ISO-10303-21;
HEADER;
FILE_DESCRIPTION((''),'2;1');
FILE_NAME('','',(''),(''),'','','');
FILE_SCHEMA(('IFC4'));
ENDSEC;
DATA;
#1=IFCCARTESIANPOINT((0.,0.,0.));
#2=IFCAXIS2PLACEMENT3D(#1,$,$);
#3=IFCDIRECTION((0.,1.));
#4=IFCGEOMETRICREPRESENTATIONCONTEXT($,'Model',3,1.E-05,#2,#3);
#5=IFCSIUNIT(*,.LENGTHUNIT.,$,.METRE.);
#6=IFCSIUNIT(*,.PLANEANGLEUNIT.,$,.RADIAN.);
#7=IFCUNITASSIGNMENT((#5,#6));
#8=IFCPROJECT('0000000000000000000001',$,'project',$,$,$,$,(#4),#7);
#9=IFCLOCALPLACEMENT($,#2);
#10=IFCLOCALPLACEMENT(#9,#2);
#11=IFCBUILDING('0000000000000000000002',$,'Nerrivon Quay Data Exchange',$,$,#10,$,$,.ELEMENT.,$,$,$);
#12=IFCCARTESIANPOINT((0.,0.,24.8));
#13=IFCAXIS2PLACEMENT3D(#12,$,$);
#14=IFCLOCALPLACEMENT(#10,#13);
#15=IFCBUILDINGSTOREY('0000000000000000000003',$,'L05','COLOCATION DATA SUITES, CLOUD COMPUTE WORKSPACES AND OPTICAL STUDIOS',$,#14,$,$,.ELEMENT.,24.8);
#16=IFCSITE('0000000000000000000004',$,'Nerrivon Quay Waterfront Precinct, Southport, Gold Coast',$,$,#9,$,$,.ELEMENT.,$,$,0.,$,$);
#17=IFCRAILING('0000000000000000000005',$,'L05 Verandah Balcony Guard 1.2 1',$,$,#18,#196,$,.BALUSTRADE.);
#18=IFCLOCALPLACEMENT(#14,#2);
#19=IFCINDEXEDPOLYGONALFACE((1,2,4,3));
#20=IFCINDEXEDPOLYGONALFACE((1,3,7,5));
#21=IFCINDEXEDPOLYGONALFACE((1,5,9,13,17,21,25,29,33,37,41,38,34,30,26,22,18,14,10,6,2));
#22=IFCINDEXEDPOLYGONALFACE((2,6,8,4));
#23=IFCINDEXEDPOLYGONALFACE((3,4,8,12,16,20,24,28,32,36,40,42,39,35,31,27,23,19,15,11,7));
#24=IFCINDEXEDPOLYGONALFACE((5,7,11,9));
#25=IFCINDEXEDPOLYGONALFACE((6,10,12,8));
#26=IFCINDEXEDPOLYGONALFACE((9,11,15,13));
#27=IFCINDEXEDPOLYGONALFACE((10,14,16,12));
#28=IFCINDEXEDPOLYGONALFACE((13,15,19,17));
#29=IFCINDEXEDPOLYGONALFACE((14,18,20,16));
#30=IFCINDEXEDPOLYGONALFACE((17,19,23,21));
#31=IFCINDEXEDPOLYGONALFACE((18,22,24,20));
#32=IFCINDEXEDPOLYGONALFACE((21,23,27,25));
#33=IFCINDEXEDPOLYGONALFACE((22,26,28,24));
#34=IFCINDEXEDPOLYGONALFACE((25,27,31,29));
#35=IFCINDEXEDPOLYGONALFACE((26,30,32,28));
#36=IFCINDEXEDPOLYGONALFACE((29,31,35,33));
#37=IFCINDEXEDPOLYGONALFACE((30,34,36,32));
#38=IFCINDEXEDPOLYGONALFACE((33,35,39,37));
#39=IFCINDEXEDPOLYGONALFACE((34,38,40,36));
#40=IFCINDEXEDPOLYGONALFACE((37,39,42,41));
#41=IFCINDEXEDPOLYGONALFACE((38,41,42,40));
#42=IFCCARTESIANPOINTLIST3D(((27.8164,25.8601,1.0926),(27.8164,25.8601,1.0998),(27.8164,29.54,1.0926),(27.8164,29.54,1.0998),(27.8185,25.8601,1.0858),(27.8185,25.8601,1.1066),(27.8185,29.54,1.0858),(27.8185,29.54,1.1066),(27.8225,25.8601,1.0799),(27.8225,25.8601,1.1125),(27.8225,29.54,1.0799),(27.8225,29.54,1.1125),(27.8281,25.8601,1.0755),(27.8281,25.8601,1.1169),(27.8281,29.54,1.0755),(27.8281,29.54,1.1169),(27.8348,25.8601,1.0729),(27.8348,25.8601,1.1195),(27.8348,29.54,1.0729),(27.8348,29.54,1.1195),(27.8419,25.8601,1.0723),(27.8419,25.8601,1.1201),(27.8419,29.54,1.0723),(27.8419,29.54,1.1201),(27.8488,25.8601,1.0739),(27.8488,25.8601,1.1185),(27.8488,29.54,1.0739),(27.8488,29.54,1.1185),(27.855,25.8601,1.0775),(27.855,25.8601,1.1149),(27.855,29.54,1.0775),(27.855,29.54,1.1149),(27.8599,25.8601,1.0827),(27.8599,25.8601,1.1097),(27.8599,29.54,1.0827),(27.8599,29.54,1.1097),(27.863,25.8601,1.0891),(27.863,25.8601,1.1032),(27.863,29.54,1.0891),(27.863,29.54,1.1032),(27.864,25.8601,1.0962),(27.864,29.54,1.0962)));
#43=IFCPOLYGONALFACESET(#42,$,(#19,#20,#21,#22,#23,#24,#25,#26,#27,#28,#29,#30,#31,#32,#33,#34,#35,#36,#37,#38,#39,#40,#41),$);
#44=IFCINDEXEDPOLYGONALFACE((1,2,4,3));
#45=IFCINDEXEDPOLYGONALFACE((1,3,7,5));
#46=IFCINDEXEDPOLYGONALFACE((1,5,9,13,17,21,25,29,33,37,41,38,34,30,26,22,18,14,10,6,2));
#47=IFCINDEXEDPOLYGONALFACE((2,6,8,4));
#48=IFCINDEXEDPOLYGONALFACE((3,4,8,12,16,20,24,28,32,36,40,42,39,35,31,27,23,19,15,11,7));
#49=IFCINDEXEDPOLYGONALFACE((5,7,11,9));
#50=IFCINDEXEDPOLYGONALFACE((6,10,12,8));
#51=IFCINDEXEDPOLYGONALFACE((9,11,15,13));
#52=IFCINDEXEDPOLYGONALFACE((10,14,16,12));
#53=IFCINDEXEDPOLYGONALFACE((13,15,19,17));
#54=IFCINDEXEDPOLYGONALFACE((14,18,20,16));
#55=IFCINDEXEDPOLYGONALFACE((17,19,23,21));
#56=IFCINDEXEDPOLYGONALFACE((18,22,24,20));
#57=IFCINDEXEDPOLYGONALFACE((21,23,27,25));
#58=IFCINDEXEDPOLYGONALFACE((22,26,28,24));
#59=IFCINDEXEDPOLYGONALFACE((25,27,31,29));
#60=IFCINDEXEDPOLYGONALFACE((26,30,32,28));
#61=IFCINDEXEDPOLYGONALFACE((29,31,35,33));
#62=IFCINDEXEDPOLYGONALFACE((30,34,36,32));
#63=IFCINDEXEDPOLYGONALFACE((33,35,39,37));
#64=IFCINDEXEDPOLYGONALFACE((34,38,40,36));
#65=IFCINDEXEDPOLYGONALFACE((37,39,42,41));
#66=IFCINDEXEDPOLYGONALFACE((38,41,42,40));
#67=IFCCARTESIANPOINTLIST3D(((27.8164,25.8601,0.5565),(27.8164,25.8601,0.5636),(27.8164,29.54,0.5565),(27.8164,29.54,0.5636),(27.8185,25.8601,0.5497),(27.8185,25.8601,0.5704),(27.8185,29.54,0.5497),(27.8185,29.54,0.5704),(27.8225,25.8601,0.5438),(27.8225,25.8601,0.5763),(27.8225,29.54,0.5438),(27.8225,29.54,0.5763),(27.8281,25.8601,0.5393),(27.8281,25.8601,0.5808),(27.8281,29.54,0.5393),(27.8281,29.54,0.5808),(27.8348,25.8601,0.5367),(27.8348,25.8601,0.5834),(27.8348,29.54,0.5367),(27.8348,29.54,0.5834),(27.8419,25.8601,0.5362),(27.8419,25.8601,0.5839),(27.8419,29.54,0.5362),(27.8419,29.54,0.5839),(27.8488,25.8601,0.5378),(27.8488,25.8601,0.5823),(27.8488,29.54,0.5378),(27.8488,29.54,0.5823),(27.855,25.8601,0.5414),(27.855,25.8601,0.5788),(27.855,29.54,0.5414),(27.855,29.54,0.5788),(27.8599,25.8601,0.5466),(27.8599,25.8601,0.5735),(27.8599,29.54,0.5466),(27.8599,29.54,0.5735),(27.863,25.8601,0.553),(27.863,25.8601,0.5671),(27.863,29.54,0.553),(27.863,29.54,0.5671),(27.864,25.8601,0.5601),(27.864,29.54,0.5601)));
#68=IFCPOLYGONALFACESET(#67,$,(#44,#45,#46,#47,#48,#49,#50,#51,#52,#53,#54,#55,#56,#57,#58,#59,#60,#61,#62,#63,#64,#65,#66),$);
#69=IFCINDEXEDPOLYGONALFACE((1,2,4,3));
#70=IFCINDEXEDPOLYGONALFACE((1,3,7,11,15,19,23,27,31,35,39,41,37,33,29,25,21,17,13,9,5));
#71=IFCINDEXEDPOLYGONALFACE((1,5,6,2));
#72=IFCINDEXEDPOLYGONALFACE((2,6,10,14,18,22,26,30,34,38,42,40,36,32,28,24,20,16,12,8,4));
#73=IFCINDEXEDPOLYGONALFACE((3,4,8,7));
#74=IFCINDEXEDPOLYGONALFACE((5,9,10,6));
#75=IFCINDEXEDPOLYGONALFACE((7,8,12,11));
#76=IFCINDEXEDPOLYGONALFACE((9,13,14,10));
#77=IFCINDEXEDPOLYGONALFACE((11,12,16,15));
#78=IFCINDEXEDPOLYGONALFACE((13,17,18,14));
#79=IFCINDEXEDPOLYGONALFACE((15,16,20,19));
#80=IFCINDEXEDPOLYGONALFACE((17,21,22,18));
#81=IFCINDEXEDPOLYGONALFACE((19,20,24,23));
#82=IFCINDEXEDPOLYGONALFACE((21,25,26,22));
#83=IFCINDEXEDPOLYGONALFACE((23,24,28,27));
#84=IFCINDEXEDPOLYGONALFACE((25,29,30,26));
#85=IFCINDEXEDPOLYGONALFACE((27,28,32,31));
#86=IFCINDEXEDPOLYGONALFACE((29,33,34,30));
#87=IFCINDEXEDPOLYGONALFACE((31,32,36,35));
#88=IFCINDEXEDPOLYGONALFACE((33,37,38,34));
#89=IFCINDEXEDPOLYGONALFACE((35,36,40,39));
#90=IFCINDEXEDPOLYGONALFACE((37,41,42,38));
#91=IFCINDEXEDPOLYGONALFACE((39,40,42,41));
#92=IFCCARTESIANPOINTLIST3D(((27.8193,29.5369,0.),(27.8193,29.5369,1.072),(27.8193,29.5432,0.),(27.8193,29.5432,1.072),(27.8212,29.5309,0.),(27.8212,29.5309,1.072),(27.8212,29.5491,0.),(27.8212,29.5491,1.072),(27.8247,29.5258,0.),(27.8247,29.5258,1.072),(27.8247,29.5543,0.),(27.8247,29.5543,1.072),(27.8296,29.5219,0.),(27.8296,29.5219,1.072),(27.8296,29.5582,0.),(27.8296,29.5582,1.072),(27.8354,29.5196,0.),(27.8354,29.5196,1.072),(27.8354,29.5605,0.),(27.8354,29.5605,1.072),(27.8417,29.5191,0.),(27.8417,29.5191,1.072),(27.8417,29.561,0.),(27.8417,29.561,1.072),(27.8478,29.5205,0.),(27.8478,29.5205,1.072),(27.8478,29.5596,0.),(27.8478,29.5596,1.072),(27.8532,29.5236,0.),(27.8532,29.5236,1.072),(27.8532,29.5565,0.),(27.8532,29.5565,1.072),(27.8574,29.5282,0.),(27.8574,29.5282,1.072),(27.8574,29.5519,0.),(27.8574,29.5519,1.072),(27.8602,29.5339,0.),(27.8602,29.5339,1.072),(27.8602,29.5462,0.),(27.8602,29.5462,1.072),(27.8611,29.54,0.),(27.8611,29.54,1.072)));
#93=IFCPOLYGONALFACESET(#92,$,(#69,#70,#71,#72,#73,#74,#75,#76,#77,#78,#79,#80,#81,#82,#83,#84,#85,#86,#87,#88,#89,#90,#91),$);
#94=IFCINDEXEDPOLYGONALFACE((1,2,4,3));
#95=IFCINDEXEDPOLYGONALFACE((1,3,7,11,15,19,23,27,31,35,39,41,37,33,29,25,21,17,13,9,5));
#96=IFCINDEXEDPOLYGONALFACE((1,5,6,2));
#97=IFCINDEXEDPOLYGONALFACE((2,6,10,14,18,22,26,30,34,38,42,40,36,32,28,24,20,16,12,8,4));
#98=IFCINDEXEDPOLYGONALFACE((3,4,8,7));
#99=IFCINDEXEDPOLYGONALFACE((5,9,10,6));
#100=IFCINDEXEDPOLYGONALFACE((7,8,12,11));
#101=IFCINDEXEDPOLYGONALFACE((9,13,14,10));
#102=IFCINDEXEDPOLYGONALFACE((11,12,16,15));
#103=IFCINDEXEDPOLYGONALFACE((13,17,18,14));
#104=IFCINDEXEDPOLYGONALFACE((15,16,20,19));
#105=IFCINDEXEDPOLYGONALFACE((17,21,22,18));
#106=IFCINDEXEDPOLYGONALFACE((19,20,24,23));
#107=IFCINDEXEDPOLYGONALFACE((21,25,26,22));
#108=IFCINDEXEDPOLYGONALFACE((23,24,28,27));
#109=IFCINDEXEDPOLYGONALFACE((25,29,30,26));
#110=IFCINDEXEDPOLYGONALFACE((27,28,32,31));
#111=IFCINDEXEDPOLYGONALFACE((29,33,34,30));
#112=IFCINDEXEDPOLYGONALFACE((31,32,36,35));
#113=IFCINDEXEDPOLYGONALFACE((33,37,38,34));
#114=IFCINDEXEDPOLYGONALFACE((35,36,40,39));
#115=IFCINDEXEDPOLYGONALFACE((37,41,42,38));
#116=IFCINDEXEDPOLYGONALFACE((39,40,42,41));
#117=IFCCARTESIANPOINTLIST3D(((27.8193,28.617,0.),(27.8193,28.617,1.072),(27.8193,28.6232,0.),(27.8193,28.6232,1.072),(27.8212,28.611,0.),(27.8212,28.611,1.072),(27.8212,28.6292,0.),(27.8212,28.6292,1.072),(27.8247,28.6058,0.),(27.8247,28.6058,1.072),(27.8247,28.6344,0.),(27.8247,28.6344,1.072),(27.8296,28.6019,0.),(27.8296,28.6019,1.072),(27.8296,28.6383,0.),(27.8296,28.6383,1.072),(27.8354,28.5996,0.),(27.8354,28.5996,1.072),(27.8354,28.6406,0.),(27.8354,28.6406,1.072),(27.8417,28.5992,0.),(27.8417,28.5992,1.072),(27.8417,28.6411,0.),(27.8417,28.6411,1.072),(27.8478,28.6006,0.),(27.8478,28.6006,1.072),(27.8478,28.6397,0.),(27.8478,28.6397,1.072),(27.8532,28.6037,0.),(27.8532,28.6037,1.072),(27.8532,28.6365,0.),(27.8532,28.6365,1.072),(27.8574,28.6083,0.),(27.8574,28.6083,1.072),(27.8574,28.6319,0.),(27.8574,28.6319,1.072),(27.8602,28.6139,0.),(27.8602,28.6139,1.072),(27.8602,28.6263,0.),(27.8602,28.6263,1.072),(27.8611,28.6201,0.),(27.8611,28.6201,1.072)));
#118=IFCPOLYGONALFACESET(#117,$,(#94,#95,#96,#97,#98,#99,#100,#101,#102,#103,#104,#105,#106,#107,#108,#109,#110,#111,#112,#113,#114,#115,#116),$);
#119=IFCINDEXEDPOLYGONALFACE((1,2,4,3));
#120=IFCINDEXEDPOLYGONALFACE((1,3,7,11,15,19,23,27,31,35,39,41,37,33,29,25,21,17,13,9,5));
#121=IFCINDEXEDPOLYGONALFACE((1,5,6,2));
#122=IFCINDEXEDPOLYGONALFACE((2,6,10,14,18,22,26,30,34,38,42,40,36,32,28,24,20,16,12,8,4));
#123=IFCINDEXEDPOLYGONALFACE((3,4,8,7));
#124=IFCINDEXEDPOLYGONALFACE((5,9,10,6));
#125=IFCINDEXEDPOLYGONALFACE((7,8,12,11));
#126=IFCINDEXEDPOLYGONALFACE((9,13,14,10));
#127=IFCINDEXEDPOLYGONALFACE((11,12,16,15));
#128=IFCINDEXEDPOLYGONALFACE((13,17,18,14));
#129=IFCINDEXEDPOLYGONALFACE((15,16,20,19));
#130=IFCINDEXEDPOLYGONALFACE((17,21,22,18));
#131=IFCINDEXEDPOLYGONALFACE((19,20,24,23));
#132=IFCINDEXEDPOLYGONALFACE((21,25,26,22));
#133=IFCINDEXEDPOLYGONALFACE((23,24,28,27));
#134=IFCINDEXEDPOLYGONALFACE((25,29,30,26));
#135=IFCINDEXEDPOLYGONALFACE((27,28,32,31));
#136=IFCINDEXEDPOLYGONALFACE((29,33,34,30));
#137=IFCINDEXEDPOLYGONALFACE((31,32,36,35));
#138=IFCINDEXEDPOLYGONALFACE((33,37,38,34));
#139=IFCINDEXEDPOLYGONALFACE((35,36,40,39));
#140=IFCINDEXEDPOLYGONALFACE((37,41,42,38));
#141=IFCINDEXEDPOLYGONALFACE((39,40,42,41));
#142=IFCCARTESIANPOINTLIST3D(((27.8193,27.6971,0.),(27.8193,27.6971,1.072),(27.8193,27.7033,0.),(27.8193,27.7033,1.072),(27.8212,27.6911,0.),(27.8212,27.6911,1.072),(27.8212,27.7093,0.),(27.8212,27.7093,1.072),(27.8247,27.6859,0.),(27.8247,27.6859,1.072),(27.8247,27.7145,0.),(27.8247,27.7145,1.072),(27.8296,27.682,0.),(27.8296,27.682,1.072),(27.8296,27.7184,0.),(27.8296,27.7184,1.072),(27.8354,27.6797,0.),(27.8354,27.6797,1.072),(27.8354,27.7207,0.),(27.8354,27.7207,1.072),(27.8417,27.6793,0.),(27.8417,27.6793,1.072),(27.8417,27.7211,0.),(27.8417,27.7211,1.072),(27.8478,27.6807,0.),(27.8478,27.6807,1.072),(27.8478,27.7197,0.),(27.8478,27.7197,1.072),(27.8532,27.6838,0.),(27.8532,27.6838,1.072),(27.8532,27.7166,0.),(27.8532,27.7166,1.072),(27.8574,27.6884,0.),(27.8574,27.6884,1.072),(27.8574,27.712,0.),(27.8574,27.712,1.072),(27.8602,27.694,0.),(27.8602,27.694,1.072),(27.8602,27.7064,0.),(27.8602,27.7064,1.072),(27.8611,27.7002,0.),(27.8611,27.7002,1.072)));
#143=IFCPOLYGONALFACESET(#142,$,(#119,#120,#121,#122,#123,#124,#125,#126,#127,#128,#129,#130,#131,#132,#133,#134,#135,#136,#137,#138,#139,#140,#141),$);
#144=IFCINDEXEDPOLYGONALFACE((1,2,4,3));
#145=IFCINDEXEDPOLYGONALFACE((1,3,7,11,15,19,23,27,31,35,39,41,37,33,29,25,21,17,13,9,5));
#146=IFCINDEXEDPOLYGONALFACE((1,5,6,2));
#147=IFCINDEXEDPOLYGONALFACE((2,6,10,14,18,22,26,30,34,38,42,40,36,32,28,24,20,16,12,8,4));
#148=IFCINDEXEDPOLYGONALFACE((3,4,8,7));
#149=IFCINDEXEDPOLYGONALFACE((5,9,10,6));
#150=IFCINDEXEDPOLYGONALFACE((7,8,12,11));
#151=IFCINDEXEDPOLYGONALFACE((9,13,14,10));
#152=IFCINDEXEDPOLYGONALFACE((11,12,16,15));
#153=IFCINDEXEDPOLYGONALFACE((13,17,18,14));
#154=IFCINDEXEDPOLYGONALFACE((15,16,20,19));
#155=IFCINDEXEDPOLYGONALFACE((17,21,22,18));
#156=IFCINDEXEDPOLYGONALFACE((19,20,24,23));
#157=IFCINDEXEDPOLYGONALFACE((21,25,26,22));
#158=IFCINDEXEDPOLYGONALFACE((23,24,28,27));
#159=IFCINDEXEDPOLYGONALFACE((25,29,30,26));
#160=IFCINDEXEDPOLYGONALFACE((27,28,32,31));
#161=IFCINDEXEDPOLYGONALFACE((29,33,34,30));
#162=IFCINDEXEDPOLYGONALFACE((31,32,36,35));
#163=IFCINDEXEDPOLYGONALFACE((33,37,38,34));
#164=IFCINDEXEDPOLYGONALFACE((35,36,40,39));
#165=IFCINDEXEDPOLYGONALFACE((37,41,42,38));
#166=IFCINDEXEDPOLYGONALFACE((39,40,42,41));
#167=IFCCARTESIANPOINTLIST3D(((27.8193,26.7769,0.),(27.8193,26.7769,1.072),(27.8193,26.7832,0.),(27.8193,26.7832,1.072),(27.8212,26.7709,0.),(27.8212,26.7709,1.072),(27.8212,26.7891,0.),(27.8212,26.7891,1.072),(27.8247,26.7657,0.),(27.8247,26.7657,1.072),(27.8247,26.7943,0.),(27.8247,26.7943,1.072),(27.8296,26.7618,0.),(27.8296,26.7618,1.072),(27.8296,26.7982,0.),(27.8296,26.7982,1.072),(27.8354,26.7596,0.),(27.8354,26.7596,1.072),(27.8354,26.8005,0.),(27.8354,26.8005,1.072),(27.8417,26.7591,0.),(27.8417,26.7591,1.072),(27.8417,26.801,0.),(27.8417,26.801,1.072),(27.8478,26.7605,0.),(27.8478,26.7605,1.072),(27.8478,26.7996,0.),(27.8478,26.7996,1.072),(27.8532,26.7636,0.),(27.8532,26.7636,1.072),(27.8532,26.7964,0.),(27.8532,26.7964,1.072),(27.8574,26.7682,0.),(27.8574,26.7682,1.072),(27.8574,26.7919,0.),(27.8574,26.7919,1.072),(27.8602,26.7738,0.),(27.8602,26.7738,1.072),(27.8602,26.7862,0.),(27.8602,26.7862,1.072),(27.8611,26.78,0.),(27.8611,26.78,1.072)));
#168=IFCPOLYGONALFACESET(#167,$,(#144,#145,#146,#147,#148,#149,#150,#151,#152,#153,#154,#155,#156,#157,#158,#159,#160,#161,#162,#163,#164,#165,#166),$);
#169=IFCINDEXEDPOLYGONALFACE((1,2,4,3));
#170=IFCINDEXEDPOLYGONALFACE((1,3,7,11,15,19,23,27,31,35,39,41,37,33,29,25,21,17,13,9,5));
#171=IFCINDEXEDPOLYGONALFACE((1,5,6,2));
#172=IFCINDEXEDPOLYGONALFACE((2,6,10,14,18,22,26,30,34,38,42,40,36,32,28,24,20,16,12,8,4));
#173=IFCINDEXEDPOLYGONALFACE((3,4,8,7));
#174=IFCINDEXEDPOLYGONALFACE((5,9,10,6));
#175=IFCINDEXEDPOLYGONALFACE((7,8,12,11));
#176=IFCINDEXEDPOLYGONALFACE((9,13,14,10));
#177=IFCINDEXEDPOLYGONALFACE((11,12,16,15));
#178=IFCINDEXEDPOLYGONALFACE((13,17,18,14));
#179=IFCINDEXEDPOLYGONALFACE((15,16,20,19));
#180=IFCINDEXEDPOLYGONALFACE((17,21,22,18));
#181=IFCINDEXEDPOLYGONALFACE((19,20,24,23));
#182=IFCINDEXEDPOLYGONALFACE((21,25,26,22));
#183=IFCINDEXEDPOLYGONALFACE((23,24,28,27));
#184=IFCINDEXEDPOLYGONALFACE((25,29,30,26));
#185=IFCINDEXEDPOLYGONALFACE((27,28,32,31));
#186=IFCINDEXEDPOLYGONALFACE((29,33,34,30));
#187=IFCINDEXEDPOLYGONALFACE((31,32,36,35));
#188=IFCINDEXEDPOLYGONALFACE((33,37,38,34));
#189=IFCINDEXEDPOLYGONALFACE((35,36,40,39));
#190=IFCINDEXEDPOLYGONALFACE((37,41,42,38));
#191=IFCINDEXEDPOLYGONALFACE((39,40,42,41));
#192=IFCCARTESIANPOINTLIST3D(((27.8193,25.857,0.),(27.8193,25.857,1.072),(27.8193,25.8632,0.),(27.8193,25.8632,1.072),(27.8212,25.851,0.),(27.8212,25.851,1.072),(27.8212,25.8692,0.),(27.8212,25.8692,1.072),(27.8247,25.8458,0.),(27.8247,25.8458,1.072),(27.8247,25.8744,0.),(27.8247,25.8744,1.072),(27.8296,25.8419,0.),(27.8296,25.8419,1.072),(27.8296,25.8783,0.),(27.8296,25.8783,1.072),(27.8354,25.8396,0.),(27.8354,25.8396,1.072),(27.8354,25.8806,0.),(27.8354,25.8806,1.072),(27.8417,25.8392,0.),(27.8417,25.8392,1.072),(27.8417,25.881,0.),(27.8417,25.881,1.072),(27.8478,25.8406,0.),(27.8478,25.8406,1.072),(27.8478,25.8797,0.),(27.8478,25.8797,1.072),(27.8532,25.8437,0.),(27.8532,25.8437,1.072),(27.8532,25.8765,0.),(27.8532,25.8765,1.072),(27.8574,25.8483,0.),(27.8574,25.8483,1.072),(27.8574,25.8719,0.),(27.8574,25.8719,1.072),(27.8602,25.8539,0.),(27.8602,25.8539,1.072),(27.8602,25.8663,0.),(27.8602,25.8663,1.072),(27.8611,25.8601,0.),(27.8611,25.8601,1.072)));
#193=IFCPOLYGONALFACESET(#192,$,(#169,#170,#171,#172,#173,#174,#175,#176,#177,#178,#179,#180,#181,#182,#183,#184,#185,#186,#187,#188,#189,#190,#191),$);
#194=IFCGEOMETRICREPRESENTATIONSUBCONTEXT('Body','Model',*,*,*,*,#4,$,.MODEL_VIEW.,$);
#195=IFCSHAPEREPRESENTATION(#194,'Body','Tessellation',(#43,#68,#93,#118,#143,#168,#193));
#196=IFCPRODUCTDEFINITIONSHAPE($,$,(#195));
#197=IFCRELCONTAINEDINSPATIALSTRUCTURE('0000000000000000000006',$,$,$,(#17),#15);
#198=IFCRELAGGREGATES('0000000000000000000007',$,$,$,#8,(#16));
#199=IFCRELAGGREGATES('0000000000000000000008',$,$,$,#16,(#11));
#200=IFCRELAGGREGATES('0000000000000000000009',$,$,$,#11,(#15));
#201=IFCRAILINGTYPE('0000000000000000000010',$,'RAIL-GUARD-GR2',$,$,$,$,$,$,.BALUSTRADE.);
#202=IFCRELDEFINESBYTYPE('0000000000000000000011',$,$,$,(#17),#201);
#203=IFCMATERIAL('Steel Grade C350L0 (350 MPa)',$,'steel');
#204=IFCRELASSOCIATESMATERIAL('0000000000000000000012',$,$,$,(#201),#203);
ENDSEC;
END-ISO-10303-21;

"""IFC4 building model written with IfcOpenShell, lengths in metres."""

from ifc_helpers import new_model, si_unit, direction, frame, origin, origin_2d, place, context, subcontext, project, spatial, circle, extrude, material, type_object, element, save


model = new_model("IFC4")

# Units and contexts
model_context = context("Model", 3, precision=1e-05, world=origin(), true_north=direction((0.0, 1.0)))
body_context = subcontext(model_context, "Body", "Model", "MODEL_VIEW")
ifc_project = project(units=[si_unit("LENGTHUNIT", "METRE"), si_unit("PLANEANGLEUNIT", "RADIAN")], contexts=[model_context])

# Site, building, storey
site_placement = place(None, origin())
site = spatial("IfcSite", under=ifc_project, at=site_placement, Name="Nerrivon Quay Waterfront Precinct, Southport, Gold Coast", CompositionType="ELEMENT", RefElevation=0.0)
building_placement = place(site_placement, origin())
building = spatial("IfcBuilding", under=site, at=building_placement, Name="Nerrivon Quay Data Exchange", CompositionType="ELEMENT")
storey_placement = place(building_placement, frame((0.0, 0.0, 24.8)))
storey = spatial("IfcBuildingStorey", under=building, at=storey_placement, Name="L05", Description="COLOCATION DATA SUITES, CLOUD COMPUTE WORKSPACES AND OPTICAL STUDIOS", CompositionType="ELEMENT", Elevation=24.8)

# Railing
ifc_material_1 = material(Name="Steel Grade C350L0 (350 MPa)", Category="steel")
railing_type = type_object("IfcRailingType", Name="RAIL-GUARD-GR2", PredefinedType="BALUSTRADE", material=ifc_material_1)
railing_1_placement = place(storey_placement, frame((27.8401, 29.54, 0.0)))
element("IfcRailing", 1, at=railing_1_placement, inside=storey, type_object=railing_type, Name="L05 Verandah Balcony Guard 1.2 1", PredefinedType="BALUSTRADE", context=body_context, shape_type="SweptSolid", body=[
    extrude(circle(Radius=0.0239, at=origin_2d()), frame((0.0, 0.0, 1.0962), z_axis=(0.0, -1.0, 0.0), x_axis=(1.0, 0.0, 0.0)), (0.0, 0.0, 1.0), 3.6799),
    extrude(circle(Radius=0.0239, at=origin_2d()), frame((0.0, 0.0, 0.5601), z_axis=(0.0, -1.0, 0.0), x_axis=(1.0, 0.0, 0.0)), (0.0, 0.0, 1.0), 3.6799),
    extrude(circle(Radius=0.021, at=origin_2d()), origin(), (0.0, 0.0, 1.0), 1.072),
    extrude(circle(Radius=0.021, at=origin_2d()), frame((0.0, -0.9199, 0.0)), (0.0, 0.0, 1.0), 1.072),
    extrude(circle(Radius=0.021, at=origin_2d()), frame((0.0, -1.8398, 0.0)), (0.0, 0.0, 1.0), 1.072),
    extrude(circle(Radius=0.021, at=origin_2d()), frame((0.0, -2.76, 0.0)), (0.0, 0.0, 1.0), 1.072),
    extrude(circle(Radius=0.021, at=origin_2d()), frame((0.0, -3.6799, 0.0)), (0.0, 0.0, 1.0), 1.072),
])

save(model, "model.ifc")
